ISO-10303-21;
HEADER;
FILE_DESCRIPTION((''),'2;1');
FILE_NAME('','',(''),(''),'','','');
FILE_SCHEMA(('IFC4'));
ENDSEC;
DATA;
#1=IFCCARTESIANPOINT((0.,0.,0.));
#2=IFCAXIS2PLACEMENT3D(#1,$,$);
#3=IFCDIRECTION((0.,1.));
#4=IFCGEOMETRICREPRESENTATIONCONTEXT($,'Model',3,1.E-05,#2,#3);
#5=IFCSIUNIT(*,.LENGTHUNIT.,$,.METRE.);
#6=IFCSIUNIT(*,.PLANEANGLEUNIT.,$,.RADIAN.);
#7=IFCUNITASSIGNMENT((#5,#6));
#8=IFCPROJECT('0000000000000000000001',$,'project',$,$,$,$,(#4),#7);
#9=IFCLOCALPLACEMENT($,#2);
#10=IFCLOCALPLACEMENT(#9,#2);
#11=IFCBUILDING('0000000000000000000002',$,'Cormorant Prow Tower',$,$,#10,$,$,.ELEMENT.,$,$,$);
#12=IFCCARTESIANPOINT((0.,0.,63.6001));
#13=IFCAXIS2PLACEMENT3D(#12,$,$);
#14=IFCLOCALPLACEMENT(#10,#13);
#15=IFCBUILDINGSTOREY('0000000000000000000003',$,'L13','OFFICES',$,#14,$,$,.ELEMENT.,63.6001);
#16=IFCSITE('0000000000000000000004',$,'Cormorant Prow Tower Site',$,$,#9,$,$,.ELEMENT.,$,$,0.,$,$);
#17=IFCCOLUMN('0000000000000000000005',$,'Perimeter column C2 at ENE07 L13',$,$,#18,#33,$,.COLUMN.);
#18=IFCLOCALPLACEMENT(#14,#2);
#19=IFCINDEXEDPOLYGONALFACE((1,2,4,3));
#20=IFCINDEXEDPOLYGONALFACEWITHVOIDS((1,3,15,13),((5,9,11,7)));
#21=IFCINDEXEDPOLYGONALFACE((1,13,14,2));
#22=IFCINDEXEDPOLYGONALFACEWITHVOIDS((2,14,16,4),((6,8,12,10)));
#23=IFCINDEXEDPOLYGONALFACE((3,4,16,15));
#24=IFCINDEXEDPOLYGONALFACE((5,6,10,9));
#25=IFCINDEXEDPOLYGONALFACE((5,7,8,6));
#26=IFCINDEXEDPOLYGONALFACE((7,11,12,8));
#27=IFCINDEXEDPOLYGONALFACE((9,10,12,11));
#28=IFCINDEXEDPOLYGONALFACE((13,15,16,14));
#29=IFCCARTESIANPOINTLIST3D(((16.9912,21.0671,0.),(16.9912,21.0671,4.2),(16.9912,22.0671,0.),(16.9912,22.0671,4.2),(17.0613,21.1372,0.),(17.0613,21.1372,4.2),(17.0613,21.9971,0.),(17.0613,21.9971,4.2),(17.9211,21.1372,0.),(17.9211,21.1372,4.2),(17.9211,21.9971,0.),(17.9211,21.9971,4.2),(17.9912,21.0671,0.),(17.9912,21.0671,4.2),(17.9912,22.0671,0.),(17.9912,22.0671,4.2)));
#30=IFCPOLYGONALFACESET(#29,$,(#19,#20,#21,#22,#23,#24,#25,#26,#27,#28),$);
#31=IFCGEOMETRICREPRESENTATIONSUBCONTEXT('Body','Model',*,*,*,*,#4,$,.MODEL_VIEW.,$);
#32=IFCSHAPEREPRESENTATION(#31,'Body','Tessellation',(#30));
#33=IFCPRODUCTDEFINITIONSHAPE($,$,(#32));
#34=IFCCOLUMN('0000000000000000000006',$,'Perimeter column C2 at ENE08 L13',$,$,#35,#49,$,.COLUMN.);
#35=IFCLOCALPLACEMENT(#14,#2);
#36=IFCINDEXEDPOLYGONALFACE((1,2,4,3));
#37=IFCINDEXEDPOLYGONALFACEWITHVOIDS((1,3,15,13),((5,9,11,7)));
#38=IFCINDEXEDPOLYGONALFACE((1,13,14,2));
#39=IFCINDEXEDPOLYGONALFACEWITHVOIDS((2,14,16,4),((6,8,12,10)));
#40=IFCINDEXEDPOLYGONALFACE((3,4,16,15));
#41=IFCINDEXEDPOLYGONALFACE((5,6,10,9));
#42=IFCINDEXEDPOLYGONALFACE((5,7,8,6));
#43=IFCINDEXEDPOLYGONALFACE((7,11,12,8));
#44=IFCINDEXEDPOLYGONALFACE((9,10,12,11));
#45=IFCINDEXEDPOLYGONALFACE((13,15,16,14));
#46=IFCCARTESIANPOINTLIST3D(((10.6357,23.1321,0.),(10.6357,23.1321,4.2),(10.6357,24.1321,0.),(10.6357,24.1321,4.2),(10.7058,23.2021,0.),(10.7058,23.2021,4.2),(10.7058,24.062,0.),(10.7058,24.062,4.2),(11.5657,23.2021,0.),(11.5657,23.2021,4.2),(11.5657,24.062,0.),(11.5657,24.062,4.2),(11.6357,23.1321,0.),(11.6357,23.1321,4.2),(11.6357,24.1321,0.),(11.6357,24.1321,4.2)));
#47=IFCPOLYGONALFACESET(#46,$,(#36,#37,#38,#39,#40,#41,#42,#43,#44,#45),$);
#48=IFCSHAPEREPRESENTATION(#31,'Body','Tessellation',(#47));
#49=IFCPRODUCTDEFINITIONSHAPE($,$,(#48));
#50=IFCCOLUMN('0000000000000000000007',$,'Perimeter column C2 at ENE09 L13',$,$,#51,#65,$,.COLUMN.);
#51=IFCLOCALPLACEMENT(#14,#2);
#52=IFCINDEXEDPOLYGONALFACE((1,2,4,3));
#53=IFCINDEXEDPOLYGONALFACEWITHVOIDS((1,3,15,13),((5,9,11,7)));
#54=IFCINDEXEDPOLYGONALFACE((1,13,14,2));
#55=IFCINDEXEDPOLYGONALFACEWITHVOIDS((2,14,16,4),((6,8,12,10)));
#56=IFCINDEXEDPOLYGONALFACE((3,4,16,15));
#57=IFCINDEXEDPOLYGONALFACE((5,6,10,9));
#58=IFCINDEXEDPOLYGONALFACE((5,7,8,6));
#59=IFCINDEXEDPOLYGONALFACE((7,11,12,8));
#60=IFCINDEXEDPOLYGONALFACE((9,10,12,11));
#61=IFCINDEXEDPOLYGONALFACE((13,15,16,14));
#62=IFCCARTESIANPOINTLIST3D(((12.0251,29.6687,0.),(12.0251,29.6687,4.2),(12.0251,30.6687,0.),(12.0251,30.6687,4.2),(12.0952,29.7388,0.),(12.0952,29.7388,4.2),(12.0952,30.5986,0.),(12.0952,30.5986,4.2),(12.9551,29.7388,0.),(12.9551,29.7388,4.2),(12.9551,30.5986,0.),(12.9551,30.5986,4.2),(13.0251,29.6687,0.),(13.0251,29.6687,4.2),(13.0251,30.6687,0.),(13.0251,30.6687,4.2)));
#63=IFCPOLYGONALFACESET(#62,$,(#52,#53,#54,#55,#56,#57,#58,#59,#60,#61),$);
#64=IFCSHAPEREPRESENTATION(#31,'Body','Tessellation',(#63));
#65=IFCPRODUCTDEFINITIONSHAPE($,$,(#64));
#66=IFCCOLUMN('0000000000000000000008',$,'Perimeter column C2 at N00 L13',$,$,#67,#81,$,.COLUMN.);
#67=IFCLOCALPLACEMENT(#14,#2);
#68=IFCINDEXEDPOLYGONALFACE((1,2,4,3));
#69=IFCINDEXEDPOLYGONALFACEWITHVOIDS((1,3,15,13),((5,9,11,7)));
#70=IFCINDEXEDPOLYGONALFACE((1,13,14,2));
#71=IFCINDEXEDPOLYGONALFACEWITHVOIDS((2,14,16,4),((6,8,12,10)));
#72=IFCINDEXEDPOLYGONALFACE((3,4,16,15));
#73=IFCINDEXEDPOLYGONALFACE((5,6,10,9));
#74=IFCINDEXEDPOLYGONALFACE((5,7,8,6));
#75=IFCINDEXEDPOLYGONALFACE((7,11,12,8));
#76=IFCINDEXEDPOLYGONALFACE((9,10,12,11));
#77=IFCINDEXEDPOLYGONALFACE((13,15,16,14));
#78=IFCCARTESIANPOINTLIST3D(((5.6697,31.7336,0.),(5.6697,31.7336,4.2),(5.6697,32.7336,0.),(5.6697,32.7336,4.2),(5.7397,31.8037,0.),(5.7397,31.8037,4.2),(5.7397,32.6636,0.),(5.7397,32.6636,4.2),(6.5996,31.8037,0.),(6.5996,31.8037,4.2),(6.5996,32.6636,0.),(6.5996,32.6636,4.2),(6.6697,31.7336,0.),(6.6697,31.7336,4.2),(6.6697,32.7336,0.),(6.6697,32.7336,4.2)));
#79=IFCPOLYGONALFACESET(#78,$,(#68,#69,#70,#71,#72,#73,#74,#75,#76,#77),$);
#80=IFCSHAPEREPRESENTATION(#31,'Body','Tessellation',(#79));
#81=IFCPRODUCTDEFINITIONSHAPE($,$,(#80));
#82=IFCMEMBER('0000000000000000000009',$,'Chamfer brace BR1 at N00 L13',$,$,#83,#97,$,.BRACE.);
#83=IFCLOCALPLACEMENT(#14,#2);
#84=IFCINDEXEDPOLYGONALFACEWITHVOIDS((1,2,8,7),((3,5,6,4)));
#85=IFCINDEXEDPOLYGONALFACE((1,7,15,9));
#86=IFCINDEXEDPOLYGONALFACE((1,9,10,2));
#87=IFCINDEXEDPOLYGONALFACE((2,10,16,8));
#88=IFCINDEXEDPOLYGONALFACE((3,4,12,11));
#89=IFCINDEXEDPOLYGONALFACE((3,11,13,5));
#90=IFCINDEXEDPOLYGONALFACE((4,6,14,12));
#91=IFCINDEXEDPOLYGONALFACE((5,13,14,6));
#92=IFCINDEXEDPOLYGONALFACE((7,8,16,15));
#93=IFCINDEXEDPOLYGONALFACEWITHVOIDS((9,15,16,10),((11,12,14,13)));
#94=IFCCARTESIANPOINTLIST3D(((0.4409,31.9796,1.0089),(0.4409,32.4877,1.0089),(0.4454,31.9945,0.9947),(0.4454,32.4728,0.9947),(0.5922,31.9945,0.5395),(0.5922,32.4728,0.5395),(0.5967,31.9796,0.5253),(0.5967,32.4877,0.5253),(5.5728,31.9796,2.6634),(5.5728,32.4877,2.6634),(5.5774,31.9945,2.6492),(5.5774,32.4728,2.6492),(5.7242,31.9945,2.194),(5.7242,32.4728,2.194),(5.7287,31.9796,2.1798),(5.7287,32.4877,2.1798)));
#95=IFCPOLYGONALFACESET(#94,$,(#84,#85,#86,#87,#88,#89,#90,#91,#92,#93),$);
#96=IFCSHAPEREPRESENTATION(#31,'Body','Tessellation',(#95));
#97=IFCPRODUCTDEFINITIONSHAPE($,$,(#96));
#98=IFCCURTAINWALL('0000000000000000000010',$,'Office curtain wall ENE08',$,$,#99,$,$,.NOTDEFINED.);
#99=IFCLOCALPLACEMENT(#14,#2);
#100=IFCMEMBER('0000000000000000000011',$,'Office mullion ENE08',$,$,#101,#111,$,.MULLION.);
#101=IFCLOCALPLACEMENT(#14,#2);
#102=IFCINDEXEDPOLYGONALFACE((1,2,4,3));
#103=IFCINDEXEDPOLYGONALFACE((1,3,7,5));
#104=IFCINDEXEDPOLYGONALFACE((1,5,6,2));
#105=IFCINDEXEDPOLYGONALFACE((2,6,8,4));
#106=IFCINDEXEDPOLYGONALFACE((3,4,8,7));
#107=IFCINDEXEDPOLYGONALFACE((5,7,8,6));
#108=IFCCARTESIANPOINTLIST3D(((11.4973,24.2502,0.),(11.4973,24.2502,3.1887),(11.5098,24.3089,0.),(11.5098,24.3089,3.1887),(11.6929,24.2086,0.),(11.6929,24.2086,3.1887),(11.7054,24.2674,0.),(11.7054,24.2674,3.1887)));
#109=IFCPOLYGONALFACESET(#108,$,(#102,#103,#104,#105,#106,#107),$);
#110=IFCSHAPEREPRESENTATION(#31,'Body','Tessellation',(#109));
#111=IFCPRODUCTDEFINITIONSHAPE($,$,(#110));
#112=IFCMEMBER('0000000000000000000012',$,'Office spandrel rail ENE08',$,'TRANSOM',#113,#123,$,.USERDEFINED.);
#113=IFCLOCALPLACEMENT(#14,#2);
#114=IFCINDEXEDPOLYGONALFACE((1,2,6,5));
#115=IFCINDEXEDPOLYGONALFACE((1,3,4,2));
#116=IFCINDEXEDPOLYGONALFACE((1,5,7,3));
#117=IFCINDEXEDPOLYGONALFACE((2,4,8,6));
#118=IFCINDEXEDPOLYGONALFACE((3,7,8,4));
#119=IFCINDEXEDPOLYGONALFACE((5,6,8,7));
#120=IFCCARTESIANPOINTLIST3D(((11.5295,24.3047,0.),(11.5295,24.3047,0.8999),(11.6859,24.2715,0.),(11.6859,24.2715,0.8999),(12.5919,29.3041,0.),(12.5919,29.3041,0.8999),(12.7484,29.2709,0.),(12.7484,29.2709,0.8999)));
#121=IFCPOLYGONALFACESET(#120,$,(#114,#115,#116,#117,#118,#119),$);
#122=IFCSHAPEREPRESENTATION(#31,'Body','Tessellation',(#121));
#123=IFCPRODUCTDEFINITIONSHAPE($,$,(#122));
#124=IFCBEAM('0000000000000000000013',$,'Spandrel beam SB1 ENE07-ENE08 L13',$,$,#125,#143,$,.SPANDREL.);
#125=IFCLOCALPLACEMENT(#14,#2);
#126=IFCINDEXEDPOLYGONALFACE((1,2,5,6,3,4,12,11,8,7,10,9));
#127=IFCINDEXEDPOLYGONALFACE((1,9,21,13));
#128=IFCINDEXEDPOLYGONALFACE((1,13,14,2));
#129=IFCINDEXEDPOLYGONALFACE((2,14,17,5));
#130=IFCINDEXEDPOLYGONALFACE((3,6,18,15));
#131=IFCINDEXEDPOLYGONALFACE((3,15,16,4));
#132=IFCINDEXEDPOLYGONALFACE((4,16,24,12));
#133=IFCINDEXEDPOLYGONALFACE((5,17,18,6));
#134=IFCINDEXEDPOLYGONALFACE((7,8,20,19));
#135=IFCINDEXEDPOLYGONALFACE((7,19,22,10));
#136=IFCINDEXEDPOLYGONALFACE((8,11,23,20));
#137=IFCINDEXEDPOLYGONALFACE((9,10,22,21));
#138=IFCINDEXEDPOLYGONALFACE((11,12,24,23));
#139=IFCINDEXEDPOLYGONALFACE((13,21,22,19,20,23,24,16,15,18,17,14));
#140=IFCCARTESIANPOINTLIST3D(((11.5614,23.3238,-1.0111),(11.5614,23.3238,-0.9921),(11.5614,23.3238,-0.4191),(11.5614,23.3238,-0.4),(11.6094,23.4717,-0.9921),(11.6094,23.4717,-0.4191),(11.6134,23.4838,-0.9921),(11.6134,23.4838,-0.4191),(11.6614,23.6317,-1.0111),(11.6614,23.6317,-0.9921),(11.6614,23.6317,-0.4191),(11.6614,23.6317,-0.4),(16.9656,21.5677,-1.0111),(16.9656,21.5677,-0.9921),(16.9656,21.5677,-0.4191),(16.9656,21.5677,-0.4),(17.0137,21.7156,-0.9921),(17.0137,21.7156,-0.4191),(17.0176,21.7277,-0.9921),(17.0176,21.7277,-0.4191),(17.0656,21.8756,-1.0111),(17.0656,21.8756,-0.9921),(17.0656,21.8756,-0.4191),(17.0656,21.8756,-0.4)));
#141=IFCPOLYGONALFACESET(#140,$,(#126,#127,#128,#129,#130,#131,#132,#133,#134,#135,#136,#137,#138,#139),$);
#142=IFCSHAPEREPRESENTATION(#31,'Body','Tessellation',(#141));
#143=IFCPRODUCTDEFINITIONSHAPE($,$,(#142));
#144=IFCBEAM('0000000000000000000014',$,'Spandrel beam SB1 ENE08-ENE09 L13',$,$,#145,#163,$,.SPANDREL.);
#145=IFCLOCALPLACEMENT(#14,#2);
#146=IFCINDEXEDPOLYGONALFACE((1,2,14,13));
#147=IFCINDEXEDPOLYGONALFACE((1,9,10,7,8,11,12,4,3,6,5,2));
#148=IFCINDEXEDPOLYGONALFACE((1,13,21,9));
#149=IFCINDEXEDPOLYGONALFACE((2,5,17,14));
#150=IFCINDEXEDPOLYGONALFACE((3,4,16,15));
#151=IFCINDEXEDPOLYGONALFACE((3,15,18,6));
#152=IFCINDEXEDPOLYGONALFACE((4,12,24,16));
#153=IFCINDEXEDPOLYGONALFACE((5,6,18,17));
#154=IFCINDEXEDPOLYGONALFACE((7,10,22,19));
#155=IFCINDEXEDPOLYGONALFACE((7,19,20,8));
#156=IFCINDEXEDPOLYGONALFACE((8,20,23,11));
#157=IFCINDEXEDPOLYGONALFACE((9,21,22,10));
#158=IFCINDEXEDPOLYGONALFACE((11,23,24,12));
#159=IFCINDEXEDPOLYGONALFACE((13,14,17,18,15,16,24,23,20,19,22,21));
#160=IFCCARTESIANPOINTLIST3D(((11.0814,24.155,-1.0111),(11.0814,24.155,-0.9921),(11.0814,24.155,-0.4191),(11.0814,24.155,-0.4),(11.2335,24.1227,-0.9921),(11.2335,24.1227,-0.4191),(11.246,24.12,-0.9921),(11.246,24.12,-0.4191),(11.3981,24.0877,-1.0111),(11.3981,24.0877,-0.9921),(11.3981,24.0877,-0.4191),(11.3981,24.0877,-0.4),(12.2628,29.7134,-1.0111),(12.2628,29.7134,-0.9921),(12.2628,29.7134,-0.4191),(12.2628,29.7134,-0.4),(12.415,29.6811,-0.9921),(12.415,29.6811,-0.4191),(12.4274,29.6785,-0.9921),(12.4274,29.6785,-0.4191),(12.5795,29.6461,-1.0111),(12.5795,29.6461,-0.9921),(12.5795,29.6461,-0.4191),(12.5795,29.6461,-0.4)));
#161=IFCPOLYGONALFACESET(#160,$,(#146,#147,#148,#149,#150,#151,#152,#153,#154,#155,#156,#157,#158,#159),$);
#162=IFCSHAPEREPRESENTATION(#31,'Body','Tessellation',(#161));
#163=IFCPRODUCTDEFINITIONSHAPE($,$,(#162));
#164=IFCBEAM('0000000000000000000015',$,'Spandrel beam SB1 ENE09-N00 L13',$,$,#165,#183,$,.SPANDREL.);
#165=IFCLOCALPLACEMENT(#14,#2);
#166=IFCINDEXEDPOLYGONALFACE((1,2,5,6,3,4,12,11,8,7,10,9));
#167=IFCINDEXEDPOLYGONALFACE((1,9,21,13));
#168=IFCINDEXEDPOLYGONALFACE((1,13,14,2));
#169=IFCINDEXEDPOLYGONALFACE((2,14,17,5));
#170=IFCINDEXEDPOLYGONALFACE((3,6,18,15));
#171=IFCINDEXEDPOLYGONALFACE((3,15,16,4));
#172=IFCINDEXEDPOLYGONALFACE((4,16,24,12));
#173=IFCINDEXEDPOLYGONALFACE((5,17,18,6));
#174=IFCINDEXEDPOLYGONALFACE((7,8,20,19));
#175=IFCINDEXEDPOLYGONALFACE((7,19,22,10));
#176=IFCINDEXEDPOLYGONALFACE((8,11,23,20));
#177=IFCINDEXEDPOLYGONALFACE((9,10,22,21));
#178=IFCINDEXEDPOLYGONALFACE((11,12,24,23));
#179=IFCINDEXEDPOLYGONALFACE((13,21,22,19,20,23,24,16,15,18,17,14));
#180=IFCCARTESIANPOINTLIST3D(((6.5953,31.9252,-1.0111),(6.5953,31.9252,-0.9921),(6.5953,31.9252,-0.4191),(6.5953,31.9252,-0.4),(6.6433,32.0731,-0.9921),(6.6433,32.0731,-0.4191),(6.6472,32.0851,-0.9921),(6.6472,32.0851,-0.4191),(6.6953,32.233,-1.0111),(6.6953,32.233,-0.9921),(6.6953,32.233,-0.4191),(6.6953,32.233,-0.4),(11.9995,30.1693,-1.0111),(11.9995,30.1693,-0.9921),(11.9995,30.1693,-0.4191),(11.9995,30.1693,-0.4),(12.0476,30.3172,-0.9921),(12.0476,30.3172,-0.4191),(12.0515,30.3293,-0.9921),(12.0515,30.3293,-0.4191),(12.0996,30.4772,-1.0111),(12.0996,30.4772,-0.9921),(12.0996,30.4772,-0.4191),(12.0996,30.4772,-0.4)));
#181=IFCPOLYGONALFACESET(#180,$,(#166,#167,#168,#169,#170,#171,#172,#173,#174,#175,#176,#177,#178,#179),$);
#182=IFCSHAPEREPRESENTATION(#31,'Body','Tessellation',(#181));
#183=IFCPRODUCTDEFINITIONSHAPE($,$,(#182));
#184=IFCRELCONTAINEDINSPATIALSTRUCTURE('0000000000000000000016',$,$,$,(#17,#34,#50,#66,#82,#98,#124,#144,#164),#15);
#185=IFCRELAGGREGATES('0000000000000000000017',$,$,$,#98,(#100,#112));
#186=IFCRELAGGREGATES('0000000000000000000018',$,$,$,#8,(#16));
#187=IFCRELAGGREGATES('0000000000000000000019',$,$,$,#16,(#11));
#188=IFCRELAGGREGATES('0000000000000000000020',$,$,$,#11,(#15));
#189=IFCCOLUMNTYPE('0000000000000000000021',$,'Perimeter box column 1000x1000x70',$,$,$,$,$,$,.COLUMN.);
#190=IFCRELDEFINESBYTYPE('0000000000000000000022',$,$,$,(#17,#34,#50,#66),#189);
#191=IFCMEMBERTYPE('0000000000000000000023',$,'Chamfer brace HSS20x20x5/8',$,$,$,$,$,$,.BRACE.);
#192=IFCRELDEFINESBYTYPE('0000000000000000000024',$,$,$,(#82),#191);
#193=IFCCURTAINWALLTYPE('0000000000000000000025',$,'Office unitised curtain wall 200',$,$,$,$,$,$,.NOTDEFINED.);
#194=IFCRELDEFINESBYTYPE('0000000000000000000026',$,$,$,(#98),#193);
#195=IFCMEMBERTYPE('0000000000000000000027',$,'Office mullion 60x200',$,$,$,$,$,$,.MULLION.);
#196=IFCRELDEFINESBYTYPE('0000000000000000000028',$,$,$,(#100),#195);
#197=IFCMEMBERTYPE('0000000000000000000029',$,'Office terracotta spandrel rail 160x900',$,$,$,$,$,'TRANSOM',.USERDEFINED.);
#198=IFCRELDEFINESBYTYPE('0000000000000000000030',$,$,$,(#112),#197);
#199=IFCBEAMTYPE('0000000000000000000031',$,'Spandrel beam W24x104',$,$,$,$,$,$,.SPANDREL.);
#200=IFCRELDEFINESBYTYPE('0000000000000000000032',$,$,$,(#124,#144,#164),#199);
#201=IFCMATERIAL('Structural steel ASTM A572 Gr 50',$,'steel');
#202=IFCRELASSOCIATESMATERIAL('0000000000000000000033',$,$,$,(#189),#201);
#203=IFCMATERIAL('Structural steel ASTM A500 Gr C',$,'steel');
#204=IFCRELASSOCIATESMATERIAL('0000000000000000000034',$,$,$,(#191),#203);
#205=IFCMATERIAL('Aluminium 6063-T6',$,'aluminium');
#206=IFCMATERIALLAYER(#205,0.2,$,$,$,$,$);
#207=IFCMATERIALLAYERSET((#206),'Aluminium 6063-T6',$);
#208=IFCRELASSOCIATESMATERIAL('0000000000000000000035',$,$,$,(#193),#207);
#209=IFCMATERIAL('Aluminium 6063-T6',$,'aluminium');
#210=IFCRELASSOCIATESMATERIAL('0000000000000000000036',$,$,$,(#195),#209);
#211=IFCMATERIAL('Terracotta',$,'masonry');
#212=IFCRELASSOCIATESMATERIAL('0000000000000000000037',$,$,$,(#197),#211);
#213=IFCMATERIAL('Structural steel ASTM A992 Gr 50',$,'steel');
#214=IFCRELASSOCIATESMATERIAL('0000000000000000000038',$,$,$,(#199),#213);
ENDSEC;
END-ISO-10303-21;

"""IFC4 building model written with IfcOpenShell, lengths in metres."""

from ifc_helpers import new_model, si_unit, direction, frame, origin, origin_2d, place, context, subcontext, project, spatial, rectangle, hollow_rectangle, i_section, extrude, material, layer, layer_set, material_profile, profile_set, type_object, element, aggregate, save


model = new_model("IFC4")

# Units and contexts
model_context = context("Model", 3, precision=1e-05, world=origin(), true_north=direction((0.0, 1.0)))
body_context = subcontext(model_context, "Body", "Model", "MODEL_VIEW")
ifc_project = project(units=[si_unit("LENGTHUNIT", "METRE"), si_unit("PLANEANGLEUNIT", "RADIAN")], contexts=[model_context])

# Site, building, storey
site_placement = place(None, origin())
site = spatial("IfcSite", under=ifc_project, at=site_placement, Name="Cormorant Prow Tower Site", CompositionType="ELEMENT", RefElevation=0.0)
building_placement = place(site_placement, origin())
building = spatial("IfcBuilding", under=site, at=building_placement, Name="Cormorant Prow Tower", CompositionType="ELEMENT")
storey_placement = place(building_placement, frame((0.0, 0.0, 63.6001)))
storey = spatial("IfcBuildingStorey", under=building, at=storey_placement, Name="L13", Description="OFFICES", CompositionType="ELEMENT", Elevation=63.6001)

# Columns
ifc_material_1 = material(Name="Structural steel ASTM A572 Gr 50", Category="steel")
ifc_material_profile_1 = material_profile(ifc_material_1, hollow_rectangle(XDim=1.0, YDim=1.0, WallThickness=0.0701, at=origin_2d()), Name="Box 1000x1000x70")
ifc_profile_set_1 = profile_set([ifc_material_profile_1], Name="Structural steel ASTM A572 Gr 50")
column_type = type_object("IfcColumnType", Name="Perimeter box column 1000x1000x70", PredefinedType="COLUMN", material=ifc_profile_set_1)
for number, where, z_axis, x_axis, name in (
    (1, (17.4912, 21.5671, 0.0), (0.0, 0.0, 1.0), (1.0, 0.0, 0.0), "Perimeter column C2 at ENE07 L13"),
    (2, (11.1357, 23.6321, 0.0), (0.0, 0.0, 1.0), (1.0, 0.0, 0.0), "Perimeter column C2 at ENE08 L13"),
    (3, (12.5251, 30.1687, 0.0), (0.0, 0.0, 1.0), (1.0, 0.0, 0.0), "Perimeter column C2 at ENE09 L13"),
    (4, (6.1697, 32.2336, 0.0), (0.0, 0.0, 1.0), (1.0, 0.0, 0.0), "Perimeter column C2 at N00 L13"),
):
    element("IfcColumn", number, at=place(storey_placement, frame(where, z_axis=z_axis, x_axis=x_axis)), inside=storey, type_object=column_type, Name=name, PredefinedType="COLUMN", context=body_context, shape_type="SweptSolid", body=[
        extrude(hollow_rectangle(XDim=1.0, YDim=1.0, WallThickness=0.0701, at=origin_2d()), origin(), (0.0, 0.0, 1.0), 4.2),
    ])

# Member
ifc_material_2 = material(Name="Structural steel ASTM A500 Gr C", Category="steel")
ifc_material_profile_2 = material_profile(ifc_material_2, hollow_rectangle(XDim=0.5081, YDim=0.5081, WallThickness=0.0149, at=origin_2d()), Name="HSS20x20x5/8")
ifc_profile_set_2 = profile_set([ifc_material_profile_2], Name="Structural steel ASTM A500 Gr C")
member_type_1 = type_object("IfcMemberType", Name="Chamfer brace HSS20x20x5/8", PredefinedType="BRACE", material=ifc_profile_set_2)
member_1_placement = place(storey_placement, frame((0.5188, 32.2336, 0.7671), z_axis=(0.951761, 0.0, 0.30684), x_axis=(0.0, 1.0, 0.0)))
element("IfcMember", 5, at=member_1_placement, inside=storey, type_object=member_type_1, Name="Chamfer brace BR1 at N00 L13", PredefinedType="BRACE", context=body_context, shape_type="SweptSolid", body=[
    extrude(hollow_rectangle(XDim=0.5081, YDim=0.5081, WallThickness=0.0149, at=origin_2d()), origin(), (0.0, 0.0, 1.0), 5.3921),
])

# Curtain wall, members
ifc_material_3 = material(Name="Aluminium 6063-T6", Category="aluminium")
ifc_layer_1 = layer(ifc_material_3, 0.2)
ifc_layer_set_1 = layer_set([ifc_layer_1], Name="Aluminium 6063-T6")
curtain_wall_type = type_object("IfcCurtainWallType", Name="Office unitised curtain wall 200", PredefinedType="NOTDEFINED", material=ifc_layer_set_1)
curtain_wall_1_placement = place(storey_placement, origin())
curtain_wall_1 = element("IfcCurtainWall", 6, at=curtain_wall_1_placement, inside=storey, type_object=curtain_wall_type, Name="Office curtain wall ENE08", PredefinedType="NOTDEFINED")
ifc_material_4 = material(Name="Aluminium 6063-T6", Category="aluminium")
ifc_material_profile_3 = material_profile(ifc_material_4, rectangle(XDim=0.2, YDim=0.0601, at=origin_2d()), Name="Office mullion 60x200")
ifc_profile_set_3 = profile_set([ifc_material_profile_3], Name="Aluminium 6063-T6")
member_type_2 = type_object("IfcMemberType", Name="Office mullion 60x200", PredefinedType="MULLION", material=ifc_profile_set_3)
member_2_placement = place(storey_placement, frame((11.6013, 24.2588, 0.0), z_axis=(0.0, 0.0, 1.0), x_axis=(-0.978148, 0.207912, 0.0)))
member_2 = element("IfcMember", 7, at=member_2_placement, type_object=member_type_2, Name="Office mullion ENE08", PredefinedType="MULLION", context=body_context, shape_type="SweptSolid", body=[
    extrude(rectangle(XDim=0.2, YDim=0.0601, at=origin_2d()), origin(), (0.0, 0.0, 1.0), 3.1887),
])
ifc_material_5 = material(Name="Terracotta", Category="masonry")
ifc_material_profile_4 = material_profile(ifc_material_5, rectangle(XDim=0.1599, YDim=0.8999, at=origin_2d()), Name="Office terracotta spandrel rail 160x900")
ifc_profile_set_4 = profile_set([ifc_material_profile_4], Name="Terracotta")
member_type_3 = type_object("IfcMemberType", Name="Office terracotta spandrel rail 160x900", ElementType="TRANSOM", PredefinedType="USERDEFINED", material=ifc_profile_set_4)
member_3_placement = place(storey_placement, frame((11.6077, 24.2881, 0.45), z_axis=(0.207878, 0.978155, 0.0), x_axis=(-0.978155, 0.207878, 0.0)))
member_3 = element("IfcMember", 8, at=member_3_placement, type_object=member_type_3, Name="Office spandrel rail ENE08", ObjectType="TRANSOM", PredefinedType="USERDEFINED", context=body_context, shape_type="SweptSolid", body=[
    extrude(rectangle(XDim=0.1599, YDim=0.8999, at=origin_2d()), origin(), (0.0, 0.0, 1.0), 5.1111),
])

# Beams
ifc_material_6 = material(Name="Structural steel ASTM A992 Gr 50", Category="steel")
ifc_material_profile_5 = material_profile(ifc_material_6, i_section(OverallWidth=0.3237, OverallDepth=0.6111, WebThickness=0.0127, FlangeThickness=0.019, at=origin_2d()), Name="W24x104")
ifc_profile_set_5 = profile_set([ifc_material_profile_5], Name="Structural steel ASTM A992 Gr 50")
beam_type = type_object("IfcBeamType", Name="Spandrel beam W24x104", PredefinedType="SPANDREL", material=ifc_profile_set_5)
beam_1_placement = place(storey_placement, frame((17.0156, 21.7217, -0.7056), z_axis=(-0.951049, 0.309039, 0.0), x_axis=(-0.309039, -0.951049, 0.0)))
element("IfcBeam", 9, at=beam_1_placement, inside=storey, type_object=beam_type, Name="Spandrel beam SB1 ENE07-ENE08 L13", PredefinedType="SPANDREL", context=body_context, shape_type="SweptSolid", body=[
    extrude(i_section(OverallWidth=0.3237, OverallDepth=0.6111, WebThickness=0.0127, FlangeThickness=0.019, at=origin_2d()), origin(), (0.0, 0.0, 1.0), 5.6824),
])
beam_2_placement = place(storey_placement, frame((11.2397, 24.1213, -0.7056), z_axis=(0.2079, 0.97815, 0.0), x_axis=(-0.97815, 0.2079, 0.0)))
element("IfcBeam", 10, at=beam_2_placement, inside=storey, type_object=beam_type, Name="Spandrel beam SB1 ENE08-ENE09 L13", PredefinedType="SPANDREL", context=body_context, shape_type="SweptSolid", body=[
    extrude(i_section(OverallWidth=0.3237, OverallDepth=0.6111, WebThickness=0.0127, FlangeThickness=0.019, at=origin_2d()), origin(), (0.0, 0.0, 1.0), 5.6826),
])
beam_3_placement = place(storey_placement, frame((12.0496, 30.3232, -0.7056), z_axis=(-0.951062, 0.309001, 0.0), x_axis=(-0.309001, -0.951062, 0.0)))
element("IfcBeam", 11, at=beam_3_placement, inside=storey, type_object=beam_type, Name="Spandrel beam SB1 ENE09-N00 L13", PredefinedType="SPANDREL", context=body_context, shape_type="SweptSolid", body=[
    extrude(i_section(OverallWidth=0.3237, OverallDepth=0.6111, WebThickness=0.0127, FlangeThickness=0.019, at=origin_2d()), origin(), (0.0, 0.0, 1.0), 5.6824),
])

aggregate(curtain_wall_1, [member_2, member_3])

save(model, "model.ifc")
